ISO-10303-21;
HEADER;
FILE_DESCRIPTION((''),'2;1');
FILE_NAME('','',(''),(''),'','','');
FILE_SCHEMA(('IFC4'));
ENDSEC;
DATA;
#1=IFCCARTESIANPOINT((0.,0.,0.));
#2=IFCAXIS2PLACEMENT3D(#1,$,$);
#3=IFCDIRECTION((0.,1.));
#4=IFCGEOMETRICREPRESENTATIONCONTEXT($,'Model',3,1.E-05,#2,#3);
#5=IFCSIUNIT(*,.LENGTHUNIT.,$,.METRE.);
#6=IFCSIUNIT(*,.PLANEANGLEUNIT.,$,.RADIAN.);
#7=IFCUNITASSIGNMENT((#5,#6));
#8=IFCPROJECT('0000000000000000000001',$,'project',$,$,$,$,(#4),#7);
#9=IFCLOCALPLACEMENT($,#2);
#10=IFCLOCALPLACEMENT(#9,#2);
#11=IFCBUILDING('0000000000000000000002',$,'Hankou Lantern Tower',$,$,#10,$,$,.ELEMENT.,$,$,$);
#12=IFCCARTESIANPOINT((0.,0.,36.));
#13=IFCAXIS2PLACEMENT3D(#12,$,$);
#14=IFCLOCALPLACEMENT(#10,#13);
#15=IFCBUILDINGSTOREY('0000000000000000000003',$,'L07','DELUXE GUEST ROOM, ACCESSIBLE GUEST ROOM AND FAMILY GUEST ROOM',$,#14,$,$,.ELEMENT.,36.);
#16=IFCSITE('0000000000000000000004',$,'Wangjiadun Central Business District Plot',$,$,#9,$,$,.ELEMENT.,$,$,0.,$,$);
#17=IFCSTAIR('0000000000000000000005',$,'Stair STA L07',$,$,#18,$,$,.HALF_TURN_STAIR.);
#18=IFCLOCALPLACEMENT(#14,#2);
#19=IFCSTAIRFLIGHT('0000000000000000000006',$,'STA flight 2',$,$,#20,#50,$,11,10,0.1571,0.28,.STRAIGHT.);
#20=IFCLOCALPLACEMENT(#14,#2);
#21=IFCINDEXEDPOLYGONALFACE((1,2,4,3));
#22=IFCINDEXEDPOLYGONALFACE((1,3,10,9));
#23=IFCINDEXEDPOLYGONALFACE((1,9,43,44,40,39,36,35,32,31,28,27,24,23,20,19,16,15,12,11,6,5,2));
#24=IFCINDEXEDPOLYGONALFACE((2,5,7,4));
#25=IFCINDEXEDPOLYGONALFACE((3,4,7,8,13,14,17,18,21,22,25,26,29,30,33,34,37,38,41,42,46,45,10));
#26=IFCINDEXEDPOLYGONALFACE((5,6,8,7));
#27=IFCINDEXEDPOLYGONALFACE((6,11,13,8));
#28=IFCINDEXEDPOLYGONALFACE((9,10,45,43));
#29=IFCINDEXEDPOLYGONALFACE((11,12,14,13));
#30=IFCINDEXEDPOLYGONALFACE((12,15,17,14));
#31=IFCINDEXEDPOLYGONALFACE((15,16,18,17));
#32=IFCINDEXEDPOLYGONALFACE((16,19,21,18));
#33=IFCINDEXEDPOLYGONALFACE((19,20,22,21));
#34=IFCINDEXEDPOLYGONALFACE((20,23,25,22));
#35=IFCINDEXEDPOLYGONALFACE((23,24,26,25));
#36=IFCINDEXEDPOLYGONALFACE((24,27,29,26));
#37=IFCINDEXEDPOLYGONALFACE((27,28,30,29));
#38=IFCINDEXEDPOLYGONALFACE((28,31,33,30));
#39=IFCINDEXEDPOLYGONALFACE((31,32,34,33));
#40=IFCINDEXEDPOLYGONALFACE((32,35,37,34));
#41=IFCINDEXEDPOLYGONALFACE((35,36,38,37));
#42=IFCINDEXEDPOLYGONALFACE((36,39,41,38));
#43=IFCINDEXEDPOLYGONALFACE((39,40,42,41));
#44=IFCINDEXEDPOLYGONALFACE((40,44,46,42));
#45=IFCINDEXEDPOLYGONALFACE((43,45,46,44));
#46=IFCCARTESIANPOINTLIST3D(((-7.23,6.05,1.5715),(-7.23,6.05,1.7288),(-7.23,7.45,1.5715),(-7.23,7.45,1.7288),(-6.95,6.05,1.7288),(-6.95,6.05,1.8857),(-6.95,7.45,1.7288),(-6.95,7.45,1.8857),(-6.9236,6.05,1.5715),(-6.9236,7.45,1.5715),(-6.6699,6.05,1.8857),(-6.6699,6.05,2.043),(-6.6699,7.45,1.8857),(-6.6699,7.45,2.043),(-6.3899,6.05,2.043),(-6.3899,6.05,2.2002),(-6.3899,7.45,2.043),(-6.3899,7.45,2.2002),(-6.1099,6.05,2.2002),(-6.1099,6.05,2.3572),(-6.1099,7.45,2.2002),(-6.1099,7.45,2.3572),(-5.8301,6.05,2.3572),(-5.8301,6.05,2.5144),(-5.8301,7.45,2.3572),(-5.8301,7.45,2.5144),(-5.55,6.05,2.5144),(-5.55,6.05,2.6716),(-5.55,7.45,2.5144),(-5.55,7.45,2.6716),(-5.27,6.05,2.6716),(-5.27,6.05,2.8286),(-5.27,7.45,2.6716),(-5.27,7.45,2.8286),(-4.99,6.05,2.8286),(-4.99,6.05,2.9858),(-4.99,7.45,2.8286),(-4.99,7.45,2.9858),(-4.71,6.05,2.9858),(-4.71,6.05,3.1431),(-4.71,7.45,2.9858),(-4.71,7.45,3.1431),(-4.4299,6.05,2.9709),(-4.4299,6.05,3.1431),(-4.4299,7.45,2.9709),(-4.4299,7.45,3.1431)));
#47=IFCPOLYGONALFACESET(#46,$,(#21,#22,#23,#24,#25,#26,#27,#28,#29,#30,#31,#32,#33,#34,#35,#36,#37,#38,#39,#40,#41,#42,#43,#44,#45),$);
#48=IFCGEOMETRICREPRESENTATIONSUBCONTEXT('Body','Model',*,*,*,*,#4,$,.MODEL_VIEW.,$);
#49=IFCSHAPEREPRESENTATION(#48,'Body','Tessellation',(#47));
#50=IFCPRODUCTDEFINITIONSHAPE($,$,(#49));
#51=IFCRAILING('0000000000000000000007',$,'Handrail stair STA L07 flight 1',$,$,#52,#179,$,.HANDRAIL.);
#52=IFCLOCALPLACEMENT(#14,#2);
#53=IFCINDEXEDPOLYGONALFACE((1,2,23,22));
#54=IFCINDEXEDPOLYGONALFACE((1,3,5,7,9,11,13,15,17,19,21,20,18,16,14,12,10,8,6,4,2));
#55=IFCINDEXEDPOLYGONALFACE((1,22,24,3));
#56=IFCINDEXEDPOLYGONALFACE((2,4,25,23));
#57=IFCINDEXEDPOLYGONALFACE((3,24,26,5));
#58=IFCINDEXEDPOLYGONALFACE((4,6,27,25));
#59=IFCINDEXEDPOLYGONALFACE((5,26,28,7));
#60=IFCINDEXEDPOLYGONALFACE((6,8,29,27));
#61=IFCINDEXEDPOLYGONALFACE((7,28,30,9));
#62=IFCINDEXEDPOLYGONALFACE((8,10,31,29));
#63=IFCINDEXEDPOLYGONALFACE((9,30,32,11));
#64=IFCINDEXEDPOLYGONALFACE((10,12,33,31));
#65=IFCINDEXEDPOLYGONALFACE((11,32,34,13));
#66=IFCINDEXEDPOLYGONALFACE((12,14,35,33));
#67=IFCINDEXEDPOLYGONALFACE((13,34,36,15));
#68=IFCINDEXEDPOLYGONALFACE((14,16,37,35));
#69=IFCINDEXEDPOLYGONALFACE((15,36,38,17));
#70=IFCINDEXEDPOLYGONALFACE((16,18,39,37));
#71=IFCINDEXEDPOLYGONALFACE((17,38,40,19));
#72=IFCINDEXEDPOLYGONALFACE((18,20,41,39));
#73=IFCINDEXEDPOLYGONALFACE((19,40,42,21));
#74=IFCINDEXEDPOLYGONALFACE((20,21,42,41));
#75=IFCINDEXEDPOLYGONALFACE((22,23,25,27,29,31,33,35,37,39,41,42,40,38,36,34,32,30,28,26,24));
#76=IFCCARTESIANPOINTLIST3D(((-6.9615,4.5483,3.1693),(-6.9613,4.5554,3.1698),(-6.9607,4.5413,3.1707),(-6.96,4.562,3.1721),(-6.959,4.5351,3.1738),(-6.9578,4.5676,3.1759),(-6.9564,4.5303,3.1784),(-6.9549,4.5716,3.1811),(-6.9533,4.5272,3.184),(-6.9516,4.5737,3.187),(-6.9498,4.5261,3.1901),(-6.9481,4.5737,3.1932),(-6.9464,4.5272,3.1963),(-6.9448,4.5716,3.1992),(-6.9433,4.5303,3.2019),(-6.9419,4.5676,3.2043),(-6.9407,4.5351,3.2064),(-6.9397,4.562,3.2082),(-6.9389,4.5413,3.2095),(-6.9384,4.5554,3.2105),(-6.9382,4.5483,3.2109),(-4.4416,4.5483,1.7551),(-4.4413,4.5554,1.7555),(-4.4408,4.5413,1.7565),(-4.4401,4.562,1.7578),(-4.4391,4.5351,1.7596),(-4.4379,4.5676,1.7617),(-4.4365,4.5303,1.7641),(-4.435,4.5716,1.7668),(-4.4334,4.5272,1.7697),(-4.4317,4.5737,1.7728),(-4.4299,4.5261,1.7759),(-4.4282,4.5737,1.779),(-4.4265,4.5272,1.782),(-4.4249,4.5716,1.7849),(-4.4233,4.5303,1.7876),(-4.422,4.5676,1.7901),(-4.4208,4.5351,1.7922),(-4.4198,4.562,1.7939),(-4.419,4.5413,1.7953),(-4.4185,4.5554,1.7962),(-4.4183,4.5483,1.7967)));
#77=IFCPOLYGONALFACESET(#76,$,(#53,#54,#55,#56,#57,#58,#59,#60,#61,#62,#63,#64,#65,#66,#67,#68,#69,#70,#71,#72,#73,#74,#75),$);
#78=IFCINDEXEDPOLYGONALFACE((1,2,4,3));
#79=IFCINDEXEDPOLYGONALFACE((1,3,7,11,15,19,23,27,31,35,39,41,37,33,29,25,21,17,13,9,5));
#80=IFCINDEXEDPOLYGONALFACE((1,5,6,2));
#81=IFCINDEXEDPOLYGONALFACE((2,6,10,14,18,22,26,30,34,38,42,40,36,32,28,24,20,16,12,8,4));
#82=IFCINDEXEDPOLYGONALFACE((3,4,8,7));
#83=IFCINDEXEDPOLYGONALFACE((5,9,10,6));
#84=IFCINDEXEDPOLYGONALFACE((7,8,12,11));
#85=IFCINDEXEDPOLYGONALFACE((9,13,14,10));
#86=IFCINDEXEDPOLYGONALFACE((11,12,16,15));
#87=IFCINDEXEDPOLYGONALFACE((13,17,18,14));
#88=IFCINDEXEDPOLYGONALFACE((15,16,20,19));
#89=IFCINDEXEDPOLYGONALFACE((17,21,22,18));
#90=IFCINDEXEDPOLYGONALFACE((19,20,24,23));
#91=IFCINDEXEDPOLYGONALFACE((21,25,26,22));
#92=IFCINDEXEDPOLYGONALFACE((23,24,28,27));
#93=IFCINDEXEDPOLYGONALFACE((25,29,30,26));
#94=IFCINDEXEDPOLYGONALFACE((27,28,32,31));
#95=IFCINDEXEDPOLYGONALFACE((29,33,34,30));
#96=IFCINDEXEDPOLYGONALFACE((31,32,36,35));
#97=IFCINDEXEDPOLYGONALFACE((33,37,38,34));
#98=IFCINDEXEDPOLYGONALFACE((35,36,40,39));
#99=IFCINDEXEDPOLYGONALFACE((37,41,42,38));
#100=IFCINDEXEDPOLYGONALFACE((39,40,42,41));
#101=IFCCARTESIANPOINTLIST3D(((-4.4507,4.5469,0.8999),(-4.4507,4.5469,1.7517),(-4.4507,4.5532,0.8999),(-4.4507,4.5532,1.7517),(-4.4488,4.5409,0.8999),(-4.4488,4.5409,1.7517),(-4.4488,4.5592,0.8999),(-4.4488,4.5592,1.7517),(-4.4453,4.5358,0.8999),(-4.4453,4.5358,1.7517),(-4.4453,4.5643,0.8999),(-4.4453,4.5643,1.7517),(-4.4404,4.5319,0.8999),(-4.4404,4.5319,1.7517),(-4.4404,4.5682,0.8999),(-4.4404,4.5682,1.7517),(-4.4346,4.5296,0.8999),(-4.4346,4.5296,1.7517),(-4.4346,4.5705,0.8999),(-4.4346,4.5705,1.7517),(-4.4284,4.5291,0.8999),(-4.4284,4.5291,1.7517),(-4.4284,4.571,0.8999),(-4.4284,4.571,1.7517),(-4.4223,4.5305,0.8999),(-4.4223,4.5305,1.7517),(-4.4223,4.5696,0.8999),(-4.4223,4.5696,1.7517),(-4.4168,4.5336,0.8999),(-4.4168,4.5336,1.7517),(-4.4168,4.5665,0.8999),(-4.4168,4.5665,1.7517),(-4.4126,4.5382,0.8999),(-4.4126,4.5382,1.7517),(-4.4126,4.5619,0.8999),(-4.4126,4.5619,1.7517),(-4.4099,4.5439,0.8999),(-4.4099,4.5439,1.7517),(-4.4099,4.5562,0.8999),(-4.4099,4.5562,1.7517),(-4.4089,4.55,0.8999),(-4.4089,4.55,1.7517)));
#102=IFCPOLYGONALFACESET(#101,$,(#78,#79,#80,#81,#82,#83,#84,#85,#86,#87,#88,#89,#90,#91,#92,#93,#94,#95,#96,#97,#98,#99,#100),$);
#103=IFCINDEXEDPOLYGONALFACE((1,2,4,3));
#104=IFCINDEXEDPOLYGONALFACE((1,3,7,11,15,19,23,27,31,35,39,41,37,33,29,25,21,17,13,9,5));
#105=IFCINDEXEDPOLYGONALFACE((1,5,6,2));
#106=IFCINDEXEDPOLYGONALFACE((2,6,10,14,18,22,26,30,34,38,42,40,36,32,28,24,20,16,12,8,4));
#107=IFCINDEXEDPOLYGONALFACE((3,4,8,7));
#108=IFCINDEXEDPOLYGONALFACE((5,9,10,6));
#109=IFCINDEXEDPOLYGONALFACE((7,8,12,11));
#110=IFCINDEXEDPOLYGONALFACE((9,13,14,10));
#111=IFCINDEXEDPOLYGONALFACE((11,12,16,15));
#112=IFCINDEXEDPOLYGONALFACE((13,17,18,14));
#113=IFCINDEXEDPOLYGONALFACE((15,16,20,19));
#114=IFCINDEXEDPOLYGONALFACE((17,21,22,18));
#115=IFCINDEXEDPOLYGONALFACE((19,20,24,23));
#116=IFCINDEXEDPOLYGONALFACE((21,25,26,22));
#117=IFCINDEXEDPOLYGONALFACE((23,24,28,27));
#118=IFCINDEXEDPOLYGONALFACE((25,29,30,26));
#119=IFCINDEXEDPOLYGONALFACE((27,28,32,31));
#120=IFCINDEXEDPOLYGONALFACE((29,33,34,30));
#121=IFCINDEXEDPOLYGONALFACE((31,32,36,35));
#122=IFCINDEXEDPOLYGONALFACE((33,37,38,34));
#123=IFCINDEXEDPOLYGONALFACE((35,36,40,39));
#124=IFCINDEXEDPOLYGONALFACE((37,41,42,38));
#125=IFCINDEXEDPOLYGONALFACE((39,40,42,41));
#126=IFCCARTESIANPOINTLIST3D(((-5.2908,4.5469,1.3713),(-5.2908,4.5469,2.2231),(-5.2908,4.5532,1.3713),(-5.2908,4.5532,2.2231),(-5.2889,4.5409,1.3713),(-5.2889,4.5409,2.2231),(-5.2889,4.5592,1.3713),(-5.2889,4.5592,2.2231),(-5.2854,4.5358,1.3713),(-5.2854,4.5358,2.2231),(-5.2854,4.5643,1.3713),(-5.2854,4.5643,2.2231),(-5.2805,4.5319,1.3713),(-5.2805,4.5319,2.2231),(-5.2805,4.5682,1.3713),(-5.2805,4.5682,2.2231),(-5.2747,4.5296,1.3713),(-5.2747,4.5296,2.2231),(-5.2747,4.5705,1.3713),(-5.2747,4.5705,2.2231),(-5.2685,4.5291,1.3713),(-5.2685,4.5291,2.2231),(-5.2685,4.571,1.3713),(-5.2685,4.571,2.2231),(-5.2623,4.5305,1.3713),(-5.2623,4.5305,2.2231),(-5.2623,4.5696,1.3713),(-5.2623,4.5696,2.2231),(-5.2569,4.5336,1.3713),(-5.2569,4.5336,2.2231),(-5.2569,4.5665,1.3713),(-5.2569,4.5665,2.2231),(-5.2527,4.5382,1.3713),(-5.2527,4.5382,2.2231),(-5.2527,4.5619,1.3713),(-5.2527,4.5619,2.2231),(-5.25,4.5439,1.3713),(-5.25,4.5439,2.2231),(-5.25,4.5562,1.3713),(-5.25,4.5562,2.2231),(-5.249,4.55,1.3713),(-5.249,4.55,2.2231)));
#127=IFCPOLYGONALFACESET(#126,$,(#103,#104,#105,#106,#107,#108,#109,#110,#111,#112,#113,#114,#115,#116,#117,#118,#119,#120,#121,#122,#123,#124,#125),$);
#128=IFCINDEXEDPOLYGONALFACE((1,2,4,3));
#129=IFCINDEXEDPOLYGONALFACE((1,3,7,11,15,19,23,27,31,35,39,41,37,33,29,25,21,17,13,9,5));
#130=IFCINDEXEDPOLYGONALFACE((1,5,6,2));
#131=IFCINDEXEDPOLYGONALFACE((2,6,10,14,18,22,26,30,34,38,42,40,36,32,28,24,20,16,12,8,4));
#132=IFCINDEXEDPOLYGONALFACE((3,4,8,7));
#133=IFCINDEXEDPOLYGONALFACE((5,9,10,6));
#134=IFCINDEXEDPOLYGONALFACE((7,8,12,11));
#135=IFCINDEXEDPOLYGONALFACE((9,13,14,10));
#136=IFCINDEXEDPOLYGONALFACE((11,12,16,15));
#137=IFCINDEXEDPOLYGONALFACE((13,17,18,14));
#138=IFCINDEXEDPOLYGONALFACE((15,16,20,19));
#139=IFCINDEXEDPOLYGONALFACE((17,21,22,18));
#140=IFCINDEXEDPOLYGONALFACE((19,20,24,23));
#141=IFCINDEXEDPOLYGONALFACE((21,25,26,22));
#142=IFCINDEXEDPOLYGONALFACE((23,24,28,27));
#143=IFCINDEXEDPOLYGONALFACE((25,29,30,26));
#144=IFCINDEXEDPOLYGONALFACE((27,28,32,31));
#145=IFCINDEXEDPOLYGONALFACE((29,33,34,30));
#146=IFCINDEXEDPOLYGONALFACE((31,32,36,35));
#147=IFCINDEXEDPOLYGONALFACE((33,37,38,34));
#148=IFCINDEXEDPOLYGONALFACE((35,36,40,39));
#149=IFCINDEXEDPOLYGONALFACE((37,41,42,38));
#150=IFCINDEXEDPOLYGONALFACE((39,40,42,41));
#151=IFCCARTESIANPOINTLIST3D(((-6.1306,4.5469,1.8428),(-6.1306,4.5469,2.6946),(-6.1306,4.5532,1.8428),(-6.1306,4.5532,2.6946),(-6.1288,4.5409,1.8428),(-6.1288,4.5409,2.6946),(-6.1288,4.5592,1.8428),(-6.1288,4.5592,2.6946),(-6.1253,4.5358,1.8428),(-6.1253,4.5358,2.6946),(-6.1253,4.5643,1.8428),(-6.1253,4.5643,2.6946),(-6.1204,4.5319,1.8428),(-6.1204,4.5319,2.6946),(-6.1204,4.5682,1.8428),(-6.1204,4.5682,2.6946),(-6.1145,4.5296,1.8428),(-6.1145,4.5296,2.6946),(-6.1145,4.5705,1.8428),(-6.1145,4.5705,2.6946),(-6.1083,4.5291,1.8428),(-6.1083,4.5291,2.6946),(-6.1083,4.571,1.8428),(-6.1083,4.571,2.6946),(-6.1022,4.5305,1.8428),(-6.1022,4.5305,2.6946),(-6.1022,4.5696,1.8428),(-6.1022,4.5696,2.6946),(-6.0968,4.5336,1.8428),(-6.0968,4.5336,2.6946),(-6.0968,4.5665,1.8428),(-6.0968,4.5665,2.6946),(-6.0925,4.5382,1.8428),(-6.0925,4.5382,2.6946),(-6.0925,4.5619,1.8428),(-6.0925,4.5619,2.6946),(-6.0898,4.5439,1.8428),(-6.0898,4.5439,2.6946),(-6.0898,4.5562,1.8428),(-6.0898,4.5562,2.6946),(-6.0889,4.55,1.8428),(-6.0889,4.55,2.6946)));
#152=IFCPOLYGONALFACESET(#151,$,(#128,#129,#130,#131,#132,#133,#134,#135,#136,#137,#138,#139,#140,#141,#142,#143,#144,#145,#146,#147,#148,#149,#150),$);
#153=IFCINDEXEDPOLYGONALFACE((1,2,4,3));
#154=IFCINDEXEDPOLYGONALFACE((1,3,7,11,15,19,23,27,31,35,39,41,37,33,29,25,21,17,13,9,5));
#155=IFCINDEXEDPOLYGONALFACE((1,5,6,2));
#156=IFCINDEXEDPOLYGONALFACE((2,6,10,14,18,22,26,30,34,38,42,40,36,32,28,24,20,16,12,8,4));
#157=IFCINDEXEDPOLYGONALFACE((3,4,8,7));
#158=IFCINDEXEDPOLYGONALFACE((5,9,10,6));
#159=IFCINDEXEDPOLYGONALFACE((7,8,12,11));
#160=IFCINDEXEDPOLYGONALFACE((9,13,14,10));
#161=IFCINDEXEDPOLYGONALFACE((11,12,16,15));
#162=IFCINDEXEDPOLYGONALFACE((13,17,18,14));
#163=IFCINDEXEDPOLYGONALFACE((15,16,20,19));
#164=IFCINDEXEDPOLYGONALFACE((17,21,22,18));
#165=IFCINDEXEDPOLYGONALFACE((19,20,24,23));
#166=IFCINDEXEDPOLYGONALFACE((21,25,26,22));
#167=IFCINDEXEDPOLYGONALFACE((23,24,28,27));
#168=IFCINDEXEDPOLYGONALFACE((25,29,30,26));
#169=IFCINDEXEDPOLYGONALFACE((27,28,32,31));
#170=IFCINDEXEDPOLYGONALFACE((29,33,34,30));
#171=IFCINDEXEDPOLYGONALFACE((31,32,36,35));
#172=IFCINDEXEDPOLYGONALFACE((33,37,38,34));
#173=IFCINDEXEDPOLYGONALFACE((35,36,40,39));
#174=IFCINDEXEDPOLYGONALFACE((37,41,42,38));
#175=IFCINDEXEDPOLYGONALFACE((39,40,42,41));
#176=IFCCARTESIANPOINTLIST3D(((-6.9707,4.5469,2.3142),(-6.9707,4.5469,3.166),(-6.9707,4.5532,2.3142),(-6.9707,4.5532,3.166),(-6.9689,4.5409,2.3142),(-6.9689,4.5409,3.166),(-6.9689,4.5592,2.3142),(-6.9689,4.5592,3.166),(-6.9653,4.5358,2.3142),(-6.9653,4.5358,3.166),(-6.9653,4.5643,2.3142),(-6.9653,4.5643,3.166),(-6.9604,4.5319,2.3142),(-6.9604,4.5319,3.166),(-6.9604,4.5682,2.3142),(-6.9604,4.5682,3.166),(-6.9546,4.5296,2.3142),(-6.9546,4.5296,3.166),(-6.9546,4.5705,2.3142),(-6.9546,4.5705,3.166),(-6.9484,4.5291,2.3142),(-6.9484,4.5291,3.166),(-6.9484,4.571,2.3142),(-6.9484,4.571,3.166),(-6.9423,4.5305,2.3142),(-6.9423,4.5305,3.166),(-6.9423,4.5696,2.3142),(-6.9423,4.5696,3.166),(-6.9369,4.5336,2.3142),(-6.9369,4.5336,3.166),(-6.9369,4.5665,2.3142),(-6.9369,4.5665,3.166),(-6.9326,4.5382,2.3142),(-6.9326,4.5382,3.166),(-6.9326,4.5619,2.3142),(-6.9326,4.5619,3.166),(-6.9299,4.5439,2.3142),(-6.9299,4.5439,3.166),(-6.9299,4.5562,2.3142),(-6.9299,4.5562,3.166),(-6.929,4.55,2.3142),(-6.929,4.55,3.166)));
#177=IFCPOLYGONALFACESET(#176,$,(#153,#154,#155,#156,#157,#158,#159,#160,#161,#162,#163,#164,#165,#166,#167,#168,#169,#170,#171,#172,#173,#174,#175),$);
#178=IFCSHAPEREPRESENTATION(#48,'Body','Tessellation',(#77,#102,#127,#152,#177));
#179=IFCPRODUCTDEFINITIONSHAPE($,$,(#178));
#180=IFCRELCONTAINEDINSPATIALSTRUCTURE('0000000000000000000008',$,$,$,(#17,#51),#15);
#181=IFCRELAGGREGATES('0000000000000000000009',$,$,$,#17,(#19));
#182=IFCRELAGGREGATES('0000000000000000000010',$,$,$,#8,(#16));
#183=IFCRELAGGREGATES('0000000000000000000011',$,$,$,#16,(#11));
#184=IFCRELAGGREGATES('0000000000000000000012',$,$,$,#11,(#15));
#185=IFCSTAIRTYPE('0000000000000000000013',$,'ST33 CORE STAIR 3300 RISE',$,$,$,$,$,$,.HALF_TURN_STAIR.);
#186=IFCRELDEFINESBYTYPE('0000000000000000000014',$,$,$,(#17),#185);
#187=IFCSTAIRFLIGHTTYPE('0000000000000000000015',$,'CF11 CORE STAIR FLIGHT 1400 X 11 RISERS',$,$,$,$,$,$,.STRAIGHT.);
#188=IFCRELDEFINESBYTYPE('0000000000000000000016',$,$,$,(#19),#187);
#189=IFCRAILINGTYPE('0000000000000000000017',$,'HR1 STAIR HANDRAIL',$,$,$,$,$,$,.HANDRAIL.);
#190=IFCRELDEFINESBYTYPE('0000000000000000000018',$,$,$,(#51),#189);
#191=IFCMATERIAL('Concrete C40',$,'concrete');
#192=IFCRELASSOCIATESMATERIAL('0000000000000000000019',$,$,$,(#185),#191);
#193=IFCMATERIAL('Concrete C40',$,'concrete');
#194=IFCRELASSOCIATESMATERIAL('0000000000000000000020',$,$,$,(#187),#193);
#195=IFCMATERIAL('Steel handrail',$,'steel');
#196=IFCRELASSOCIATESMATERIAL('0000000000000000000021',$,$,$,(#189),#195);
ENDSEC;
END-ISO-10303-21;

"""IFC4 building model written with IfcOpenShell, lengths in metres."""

from ifc_helpers import new_model, si_unit, direction, frame, origin, origin_2d, place, context, subcontext, project, spatial, polyline, circle, outline, extrude, material, type_object, element, aggregate, save


model = new_model("IFC4")

# Units and contexts
model_context = context("Model", 3, precision=1e-05, world=origin(), true_north=direction((0.0, 1.0)))
body_context = subcontext(model_context, "Body", "Model", "MODEL_VIEW")
ifc_project = project(units=[si_unit("LENGTHUNIT", "METRE"), si_unit("PLANEANGLEUNIT", "RADIAN")], contexts=[model_context])

# Site, building, storey
site_placement = place(None, origin())
site = spatial("IfcSite", under=ifc_project, at=site_placement, Name="Wangjiadun Central Business District Plot", CompositionType="ELEMENT", RefElevation=0.0)
building_placement = place(site_placement, origin())
building = spatial("IfcBuilding", under=site, at=building_placement, Name="Hankou Lantern Tower", CompositionType="ELEMENT")
storey_placement = place(building_placement, frame((0.0, 0.0, 36.0)))
storey = spatial("IfcBuildingStorey", under=building, at=storey_placement, Name="L07", Description="DELUXE GUEST ROOM, ACCESSIBLE GUEST ROOM AND FAMILY GUEST ROOM", CompositionType="ELEMENT", Elevation=36.0)

# Stair, stair flight
ifc_material_1 = material(Name="Concrete C40", Category="concrete")
stair_type = type_object("IfcStairType", Name="ST33 CORE STAIR 3300 RISE", PredefinedType="HALF_TURN_STAIR", material=ifc_material_1)
stair_placement = place(storey_placement, origin())
stair = element("IfcStair", 1, at=stair_placement, inside=storey, type_object=stair_type, Name="Stair STA L07", PredefinedType="HALF_TURN_STAIR")
ifc_material_2 = material(Name="Concrete C40", Category="concrete")
stair_flight_type_1 = type_object("IfcStairFlightType", Name="CF11 CORE STAIR FLIGHT 1400 X 11 RISERS", PredefinedType="STRAIGHT", material=ifc_material_2)
stair_flight_1_placement = place(storey_placement, frame((-7.23, 6.75, 1.5715), z_axis=(0.0, 0.0, 1.0), x_axis=(1.0, 0.0, 0.0)))
stair_flight_1 = element("IfcStairFlight", 2, at=stair_flight_1_placement, type_object=stair_flight_type_1, Name="STA flight 2", NumberOfRisers=11, NumberOfTreads=10, PredefinedType="STRAIGHT", RiserHeight=0.1571, TreadLength=0.28, context=body_context, shape_type="SweptSolid", body=[
    extrude(outline(polyline([(0.0, 0.0), (0.0, 0.1572), (0.28, 0.1572), (0.28, 0.3142), (0.5601, 0.3142), (0.5601, 0.4714), (0.8401, 0.4714), (0.8401, 0.6287), (1.1201, 0.6287), (1.1201, 0.7856), (1.3999, 0.7856), (1.3999, 0.9429), (1.6799, 0.9429), (1.6799, 1.1001), (1.96, 1.1001), (1.96, 1.2571), (2.24, 1.2571), (2.24, 1.4143), (2.52, 1.4143), (2.52, 1.5715), (2.8, 1.5715), (2.8, 1.7285), (2.8, 1.3994), (0.3064, 0.0), (0.0, 0.0)])), frame((0.0, 0.7, 0.0), z_axis=(0.0, -1.0, 0.0), x_axis=(1.0, 0.0, 0.0)), (0.0, 0.0, 1.0), 1.3999),
])
aggregate(stair, [stair_flight_1])

# Railing
ifc_material_3 = material(Name="Steel handrail", Category="steel")
railing_type = type_object("IfcRailingType", Name="HR1 STAIR HANDRAIL", PredefinedType="HANDRAIL", material=ifc_material_3)
railing_1_placement = place(storey_placement, frame((-4.4299, 4.55, 0.8999)))
element("IfcRailing", 3, at=railing_1_placement, inside=storey, type_object=railing_type, Name="Handrail stair STA L07 flight 1", PredefinedType="HANDRAIL", context=body_context, shape_type="SweptSolid", body=[
    extrude(circle(Radius=0.0239, at=origin_2d()), frame((0.0, 0.0, 0.876), z_axis=(-0.872049, 0.0, 0.489419), x_axis=(0.0, -1.0, 0.0)), (0.0, 0.0, 1.0), 2.8896),
    extrude(circle(Radius=0.021, at=origin_2d()), origin(), (0.0, 0.0, 1.0), 0.8518),
    extrude(circle(Radius=0.021, at=origin_2d()), frame((-0.8401, 0.0, 0.4714)), (0.0, 0.0, 1.0), 0.8518),
    extrude(circle(Radius=0.021, at=origin_2d()), frame((-1.6799, 0.0, 0.9429)), (0.0, 0.0, 1.0), 0.8518),
    extrude(circle(Radius=0.021, at=origin_2d()), frame((-2.52, 0.0, 1.4143)), (0.0, 0.0, 1.0), 0.8518),
])

save(model, "model.ifc")
